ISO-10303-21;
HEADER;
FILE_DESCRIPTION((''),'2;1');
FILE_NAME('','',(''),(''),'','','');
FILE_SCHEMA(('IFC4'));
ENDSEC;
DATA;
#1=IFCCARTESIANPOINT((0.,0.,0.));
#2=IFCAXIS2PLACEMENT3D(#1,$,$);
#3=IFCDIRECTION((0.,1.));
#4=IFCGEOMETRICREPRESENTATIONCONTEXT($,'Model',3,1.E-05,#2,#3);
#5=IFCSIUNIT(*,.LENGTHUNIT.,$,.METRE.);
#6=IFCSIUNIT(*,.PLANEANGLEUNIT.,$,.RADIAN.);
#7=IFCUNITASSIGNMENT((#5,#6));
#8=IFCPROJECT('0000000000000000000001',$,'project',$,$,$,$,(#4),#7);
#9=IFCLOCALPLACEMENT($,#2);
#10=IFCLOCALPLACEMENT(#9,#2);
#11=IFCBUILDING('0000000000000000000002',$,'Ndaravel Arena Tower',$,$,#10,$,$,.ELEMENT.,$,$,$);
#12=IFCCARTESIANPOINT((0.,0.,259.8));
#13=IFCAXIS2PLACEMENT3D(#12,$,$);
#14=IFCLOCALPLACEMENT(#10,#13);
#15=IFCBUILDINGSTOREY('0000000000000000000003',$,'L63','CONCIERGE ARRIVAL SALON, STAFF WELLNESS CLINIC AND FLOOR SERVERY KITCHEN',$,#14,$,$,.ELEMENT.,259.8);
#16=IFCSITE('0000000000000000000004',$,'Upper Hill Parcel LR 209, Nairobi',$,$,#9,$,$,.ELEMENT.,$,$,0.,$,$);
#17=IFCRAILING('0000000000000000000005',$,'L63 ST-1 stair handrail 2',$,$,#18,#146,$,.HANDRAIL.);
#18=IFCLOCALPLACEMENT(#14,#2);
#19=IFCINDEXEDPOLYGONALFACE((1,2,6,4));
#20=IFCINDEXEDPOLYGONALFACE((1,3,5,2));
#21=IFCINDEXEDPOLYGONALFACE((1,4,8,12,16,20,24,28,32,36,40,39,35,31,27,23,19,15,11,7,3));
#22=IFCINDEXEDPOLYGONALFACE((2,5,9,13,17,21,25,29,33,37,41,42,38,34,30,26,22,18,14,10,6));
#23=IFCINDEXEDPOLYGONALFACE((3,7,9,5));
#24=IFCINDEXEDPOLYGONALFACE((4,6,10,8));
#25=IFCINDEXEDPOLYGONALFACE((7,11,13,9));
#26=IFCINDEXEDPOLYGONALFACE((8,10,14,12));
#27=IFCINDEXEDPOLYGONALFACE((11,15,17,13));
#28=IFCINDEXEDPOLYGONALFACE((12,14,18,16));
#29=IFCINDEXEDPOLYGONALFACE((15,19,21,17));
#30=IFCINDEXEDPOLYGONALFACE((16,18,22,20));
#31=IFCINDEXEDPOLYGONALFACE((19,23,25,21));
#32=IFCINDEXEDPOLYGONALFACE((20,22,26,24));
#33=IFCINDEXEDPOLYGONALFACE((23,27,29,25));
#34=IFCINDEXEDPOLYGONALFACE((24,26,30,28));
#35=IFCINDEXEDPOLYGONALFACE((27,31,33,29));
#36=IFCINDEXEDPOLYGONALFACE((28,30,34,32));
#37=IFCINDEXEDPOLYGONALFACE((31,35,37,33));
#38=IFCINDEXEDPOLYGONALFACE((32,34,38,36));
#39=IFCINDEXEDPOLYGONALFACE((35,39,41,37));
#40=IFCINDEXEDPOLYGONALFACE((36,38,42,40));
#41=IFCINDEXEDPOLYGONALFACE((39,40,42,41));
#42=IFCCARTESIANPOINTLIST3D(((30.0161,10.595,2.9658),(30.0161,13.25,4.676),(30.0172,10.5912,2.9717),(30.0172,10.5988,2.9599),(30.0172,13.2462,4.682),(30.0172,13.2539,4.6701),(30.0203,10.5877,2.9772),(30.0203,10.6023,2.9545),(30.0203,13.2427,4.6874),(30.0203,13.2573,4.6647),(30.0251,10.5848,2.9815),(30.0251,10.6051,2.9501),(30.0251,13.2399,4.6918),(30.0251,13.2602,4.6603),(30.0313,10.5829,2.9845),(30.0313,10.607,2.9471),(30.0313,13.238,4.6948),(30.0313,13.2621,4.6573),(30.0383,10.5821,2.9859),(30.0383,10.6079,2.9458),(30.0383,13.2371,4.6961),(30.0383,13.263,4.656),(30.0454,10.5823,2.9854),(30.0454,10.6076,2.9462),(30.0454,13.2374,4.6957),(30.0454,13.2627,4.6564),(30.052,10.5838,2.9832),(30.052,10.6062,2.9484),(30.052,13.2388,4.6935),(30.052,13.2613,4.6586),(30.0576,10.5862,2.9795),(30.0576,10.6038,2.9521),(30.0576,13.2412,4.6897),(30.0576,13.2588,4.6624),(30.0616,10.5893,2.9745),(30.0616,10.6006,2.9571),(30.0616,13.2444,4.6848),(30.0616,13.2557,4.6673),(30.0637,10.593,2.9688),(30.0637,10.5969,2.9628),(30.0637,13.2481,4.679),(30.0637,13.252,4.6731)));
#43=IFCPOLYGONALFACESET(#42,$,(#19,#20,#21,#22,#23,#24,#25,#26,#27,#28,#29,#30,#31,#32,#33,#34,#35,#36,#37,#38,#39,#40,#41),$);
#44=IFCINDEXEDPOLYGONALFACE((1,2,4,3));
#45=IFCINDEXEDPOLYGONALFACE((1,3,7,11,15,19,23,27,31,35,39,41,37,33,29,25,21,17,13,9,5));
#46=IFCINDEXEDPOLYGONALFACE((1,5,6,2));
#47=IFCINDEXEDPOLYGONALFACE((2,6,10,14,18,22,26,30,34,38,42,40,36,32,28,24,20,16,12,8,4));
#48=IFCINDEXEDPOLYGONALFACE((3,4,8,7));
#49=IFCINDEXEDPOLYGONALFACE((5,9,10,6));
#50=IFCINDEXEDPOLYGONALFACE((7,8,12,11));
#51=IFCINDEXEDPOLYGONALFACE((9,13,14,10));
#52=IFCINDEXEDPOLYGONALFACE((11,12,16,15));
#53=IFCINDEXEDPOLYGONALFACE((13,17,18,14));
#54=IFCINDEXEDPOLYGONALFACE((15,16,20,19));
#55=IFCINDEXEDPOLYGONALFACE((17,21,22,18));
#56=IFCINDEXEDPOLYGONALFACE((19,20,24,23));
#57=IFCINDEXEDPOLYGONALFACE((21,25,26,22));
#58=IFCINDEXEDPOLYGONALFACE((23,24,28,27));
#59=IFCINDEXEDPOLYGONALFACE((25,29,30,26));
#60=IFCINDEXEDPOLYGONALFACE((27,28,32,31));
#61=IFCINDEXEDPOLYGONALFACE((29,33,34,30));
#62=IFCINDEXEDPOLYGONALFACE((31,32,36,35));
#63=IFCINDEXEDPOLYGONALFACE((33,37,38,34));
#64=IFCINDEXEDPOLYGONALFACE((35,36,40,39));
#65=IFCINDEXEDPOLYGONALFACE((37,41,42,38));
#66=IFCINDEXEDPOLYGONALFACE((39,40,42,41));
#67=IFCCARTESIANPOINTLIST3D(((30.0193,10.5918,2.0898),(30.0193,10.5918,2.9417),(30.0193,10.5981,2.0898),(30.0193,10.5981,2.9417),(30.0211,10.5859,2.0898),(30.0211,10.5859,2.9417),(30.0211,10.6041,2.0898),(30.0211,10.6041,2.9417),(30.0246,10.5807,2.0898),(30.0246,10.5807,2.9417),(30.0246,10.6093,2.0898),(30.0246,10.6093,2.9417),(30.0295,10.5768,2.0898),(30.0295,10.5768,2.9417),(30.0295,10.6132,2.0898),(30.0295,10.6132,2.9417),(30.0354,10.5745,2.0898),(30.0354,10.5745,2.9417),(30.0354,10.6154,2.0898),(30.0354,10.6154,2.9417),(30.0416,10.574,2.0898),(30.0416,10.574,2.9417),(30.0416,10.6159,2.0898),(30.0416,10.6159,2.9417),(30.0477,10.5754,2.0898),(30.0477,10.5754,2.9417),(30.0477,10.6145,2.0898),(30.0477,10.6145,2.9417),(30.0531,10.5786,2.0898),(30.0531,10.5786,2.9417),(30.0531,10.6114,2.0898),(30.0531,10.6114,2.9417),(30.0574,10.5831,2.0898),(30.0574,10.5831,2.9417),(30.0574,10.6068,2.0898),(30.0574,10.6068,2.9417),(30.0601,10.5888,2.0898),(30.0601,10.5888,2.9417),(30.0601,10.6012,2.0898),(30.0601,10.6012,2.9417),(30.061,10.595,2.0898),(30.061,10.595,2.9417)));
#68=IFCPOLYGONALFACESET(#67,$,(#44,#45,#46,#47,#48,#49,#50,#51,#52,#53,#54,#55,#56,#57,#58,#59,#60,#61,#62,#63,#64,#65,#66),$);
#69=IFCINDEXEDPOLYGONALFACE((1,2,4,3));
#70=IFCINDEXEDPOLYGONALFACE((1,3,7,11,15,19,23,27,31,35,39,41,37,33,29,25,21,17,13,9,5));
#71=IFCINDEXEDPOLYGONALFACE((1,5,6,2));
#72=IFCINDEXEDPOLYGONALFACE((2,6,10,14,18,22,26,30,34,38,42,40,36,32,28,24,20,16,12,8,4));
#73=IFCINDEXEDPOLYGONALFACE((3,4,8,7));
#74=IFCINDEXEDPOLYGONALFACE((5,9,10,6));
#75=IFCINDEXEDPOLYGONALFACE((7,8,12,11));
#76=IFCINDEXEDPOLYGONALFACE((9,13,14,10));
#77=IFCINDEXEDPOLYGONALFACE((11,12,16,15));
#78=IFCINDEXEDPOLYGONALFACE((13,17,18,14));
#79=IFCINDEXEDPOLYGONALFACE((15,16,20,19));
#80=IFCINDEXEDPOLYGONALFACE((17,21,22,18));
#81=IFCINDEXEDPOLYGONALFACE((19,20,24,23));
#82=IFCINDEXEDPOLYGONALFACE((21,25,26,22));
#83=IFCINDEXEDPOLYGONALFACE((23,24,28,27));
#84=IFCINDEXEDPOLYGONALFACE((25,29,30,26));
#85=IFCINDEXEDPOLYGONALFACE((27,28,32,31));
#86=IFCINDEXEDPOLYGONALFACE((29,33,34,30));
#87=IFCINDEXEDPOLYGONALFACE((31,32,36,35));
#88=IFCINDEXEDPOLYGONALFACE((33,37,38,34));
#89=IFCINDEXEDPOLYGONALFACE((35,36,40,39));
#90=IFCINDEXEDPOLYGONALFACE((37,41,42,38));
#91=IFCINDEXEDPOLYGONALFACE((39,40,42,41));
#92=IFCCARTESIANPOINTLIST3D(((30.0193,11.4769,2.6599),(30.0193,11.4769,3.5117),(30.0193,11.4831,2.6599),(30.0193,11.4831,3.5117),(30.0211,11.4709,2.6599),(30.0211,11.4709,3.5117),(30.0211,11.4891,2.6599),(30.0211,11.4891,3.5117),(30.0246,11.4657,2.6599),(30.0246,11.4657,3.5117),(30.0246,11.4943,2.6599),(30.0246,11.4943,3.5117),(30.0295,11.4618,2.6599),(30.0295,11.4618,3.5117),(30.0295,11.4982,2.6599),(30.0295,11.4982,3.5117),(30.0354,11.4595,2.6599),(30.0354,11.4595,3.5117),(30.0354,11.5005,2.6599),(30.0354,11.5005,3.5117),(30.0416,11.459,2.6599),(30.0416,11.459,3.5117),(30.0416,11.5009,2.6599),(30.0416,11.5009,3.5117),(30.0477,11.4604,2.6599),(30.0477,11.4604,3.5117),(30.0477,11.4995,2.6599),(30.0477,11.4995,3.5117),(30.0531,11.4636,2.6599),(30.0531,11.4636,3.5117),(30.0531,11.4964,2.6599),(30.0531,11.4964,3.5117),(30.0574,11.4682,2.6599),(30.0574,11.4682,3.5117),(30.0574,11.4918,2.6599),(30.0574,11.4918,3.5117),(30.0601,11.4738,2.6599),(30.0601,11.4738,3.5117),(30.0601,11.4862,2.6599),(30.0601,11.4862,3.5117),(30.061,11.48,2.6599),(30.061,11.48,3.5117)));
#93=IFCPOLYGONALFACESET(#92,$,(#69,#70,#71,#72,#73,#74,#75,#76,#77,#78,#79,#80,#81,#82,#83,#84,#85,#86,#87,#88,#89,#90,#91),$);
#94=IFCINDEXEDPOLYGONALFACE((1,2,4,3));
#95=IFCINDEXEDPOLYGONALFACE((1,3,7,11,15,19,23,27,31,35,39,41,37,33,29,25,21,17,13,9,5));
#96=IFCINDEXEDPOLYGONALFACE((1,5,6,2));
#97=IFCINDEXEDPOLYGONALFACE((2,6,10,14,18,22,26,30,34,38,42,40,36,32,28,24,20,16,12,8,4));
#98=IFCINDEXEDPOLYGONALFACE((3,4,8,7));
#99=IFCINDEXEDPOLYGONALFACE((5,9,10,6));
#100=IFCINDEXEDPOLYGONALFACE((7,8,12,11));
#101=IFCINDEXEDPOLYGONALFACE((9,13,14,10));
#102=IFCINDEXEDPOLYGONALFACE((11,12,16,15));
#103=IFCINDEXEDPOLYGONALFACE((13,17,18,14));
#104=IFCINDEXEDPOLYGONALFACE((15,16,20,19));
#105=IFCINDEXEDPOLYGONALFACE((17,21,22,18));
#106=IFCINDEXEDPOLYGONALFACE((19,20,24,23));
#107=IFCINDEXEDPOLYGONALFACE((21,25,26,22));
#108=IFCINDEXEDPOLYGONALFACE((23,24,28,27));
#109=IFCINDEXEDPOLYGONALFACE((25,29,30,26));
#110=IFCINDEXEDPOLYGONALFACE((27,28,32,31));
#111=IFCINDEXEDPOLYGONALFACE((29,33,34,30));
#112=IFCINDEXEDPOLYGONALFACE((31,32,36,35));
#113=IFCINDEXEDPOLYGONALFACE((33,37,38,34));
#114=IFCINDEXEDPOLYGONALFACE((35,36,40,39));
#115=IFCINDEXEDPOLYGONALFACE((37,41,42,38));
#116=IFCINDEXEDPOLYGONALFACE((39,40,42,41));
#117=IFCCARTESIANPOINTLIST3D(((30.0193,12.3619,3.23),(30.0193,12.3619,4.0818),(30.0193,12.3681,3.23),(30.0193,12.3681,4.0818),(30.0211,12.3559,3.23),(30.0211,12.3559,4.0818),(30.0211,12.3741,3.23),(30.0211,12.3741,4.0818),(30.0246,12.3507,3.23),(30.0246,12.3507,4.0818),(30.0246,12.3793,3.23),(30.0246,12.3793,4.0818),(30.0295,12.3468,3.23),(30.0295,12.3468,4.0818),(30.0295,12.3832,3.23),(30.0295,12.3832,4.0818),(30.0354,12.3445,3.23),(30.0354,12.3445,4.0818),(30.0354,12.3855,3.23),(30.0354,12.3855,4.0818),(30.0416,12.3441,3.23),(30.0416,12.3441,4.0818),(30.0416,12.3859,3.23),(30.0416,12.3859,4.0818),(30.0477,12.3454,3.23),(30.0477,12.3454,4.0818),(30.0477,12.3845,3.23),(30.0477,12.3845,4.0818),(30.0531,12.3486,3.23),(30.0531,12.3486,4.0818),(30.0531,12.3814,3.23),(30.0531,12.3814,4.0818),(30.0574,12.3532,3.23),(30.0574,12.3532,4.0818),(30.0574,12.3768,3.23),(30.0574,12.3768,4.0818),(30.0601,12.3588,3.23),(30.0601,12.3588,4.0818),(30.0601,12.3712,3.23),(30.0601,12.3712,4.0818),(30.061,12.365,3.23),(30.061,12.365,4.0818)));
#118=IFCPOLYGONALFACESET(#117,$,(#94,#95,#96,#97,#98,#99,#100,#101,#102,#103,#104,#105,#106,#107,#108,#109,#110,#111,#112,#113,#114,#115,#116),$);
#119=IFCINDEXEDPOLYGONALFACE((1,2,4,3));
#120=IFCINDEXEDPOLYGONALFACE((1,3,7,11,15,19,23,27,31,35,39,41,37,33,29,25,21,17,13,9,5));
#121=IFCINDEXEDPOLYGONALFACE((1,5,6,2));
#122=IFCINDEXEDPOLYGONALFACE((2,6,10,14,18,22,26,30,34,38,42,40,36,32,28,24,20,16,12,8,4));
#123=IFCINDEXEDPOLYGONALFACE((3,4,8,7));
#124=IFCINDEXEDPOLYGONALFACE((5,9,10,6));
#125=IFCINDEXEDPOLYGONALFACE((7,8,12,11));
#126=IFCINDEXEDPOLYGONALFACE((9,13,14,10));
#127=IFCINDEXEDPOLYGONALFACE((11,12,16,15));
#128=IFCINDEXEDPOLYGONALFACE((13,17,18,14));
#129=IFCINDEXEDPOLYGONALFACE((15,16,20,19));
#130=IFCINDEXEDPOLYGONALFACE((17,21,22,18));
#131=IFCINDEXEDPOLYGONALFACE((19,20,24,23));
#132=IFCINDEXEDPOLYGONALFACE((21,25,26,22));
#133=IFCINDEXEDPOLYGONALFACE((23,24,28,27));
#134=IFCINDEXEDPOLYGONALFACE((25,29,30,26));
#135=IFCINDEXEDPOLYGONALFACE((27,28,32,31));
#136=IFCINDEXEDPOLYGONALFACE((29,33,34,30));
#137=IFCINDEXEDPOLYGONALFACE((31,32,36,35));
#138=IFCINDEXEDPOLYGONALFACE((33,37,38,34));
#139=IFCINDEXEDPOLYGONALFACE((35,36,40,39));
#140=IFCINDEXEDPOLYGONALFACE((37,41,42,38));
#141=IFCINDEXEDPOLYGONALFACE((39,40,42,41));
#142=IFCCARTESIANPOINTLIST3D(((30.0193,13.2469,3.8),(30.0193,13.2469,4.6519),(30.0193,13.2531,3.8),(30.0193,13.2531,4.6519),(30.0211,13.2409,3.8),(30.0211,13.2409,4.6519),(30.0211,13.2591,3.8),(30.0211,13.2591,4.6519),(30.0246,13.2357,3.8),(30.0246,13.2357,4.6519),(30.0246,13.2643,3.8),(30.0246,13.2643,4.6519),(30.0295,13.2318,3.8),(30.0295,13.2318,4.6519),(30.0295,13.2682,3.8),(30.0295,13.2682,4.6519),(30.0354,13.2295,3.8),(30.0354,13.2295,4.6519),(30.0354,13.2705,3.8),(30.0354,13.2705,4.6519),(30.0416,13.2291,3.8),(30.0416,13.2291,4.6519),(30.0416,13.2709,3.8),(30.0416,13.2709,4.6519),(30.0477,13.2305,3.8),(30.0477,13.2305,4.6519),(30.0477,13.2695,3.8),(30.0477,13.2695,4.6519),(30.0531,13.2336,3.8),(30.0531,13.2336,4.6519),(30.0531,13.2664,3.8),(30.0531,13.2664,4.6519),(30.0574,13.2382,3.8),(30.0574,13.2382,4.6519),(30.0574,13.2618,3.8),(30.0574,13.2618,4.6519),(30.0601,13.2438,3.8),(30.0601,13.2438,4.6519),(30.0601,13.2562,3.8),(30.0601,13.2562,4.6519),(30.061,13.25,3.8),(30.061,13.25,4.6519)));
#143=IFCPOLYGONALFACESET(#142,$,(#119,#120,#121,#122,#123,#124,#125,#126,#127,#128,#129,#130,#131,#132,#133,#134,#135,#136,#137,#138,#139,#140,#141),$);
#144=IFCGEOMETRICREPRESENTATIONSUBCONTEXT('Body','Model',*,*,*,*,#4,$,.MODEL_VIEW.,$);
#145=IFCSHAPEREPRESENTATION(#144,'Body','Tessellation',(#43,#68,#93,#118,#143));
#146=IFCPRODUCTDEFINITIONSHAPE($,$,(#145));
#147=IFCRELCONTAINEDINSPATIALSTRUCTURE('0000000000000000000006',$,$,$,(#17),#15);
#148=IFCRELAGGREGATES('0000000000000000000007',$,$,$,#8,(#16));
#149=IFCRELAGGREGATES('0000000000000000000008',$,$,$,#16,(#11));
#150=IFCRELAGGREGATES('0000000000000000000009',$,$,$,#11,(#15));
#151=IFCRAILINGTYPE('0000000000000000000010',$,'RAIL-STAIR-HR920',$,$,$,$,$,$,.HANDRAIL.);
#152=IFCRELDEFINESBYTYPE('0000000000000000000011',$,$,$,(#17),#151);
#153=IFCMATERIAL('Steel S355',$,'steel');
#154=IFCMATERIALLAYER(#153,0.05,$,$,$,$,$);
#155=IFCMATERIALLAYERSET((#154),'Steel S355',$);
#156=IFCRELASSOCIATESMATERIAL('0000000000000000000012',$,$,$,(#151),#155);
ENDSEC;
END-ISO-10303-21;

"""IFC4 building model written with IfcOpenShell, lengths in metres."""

from ifc_helpers import new_model, si_unit, direction, frame, origin, origin_2d, place, context, subcontext, project, spatial, circle, extrude, material, layer, layer_set, type_object, element, save


model = new_model("IFC4")

# Units and contexts
model_context = context("Model", 3, precision=1e-05, world=origin(), true_north=direction((0.0, 1.0)))
body_context = subcontext(model_context, "Body", "Model", "MODEL_VIEW")
ifc_project = project(units=[si_unit("LENGTHUNIT", "METRE"), si_unit("PLANEANGLEUNIT", "RADIAN")], contexts=[model_context])

# Site, building, storey
site_placement = place(None, origin())
site = spatial("IfcSite", under=ifc_project, at=site_placement, Name="Upper Hill Parcel LR 209, Nairobi", CompositionType="ELEMENT", RefElevation=0.0)
building_placement = place(site_placement, origin())
building = spatial("IfcBuilding", under=site, at=building_placement, Name="Ndaravel Arena Tower", CompositionType="ELEMENT")
storey_placement = place(building_placement, frame((0.0, 0.0, 259.8)))
storey = spatial("IfcBuildingStorey", under=building, at=storey_placement, Name="L63", Description="CONCIERGE ARRIVAL SALON, STAFF WELLNESS CLINIC AND FLOOR SERVERY KITCHEN", CompositionType="ELEMENT", Elevation=259.8)

# Railing
ifc_material_1 = material(Name="Steel S355", Category="steel")
ifc_layer_1 = layer(ifc_material_1, 0.05)
ifc_layer_set_1 = layer_set([ifc_layer_1], Name="Steel S355")
railing_type_1 = type_object("IfcRailingType", Name="RAIL-STAIR-HR920", PredefinedType="HANDRAIL", material=ifc_layer_set_1)
railing_1_placement = place(storey_placement, frame((30.04, 10.595, 2.0898)))
element("IfcRailing", 1, at=railing_1_placement, inside=storey, type_object=railing_type_1, Name="L63 ST-1 stair handrail 2", PredefinedType="HANDRAIL", context=body_context, shape_type="SweptSolid", body=[
    extrude(circle(Radius=0.0239, at=origin_2d()), frame((0.0, 0.0, 0.876), z_axis=(0.0, 0.840688, 0.541519), x_axis=(-1.0, 0.0, 0.0)), (0.0, 0.0, 1.0), 3.1582),
    extrude(circle(Radius=0.021, at=origin_2d()), origin(), (0.0, 0.0, 1.0), 0.8518),
    extrude(circle(Radius=0.021, at=origin_2d()), frame((0.0, 0.885, 0.5701)), (0.0, 0.0, 1.0), 0.8518),
    extrude(circle(Radius=0.021, at=origin_2d()), frame((0.0, 1.77, 1.1401)), (0.0, 0.0, 1.0), 0.8518),
    extrude(circle(Radius=0.021, at=origin_2d()), frame((0.0, 2.655, 1.7102)), (0.0, 0.0, 1.0), 0.8518),
])

save(model, "model.ifc")
